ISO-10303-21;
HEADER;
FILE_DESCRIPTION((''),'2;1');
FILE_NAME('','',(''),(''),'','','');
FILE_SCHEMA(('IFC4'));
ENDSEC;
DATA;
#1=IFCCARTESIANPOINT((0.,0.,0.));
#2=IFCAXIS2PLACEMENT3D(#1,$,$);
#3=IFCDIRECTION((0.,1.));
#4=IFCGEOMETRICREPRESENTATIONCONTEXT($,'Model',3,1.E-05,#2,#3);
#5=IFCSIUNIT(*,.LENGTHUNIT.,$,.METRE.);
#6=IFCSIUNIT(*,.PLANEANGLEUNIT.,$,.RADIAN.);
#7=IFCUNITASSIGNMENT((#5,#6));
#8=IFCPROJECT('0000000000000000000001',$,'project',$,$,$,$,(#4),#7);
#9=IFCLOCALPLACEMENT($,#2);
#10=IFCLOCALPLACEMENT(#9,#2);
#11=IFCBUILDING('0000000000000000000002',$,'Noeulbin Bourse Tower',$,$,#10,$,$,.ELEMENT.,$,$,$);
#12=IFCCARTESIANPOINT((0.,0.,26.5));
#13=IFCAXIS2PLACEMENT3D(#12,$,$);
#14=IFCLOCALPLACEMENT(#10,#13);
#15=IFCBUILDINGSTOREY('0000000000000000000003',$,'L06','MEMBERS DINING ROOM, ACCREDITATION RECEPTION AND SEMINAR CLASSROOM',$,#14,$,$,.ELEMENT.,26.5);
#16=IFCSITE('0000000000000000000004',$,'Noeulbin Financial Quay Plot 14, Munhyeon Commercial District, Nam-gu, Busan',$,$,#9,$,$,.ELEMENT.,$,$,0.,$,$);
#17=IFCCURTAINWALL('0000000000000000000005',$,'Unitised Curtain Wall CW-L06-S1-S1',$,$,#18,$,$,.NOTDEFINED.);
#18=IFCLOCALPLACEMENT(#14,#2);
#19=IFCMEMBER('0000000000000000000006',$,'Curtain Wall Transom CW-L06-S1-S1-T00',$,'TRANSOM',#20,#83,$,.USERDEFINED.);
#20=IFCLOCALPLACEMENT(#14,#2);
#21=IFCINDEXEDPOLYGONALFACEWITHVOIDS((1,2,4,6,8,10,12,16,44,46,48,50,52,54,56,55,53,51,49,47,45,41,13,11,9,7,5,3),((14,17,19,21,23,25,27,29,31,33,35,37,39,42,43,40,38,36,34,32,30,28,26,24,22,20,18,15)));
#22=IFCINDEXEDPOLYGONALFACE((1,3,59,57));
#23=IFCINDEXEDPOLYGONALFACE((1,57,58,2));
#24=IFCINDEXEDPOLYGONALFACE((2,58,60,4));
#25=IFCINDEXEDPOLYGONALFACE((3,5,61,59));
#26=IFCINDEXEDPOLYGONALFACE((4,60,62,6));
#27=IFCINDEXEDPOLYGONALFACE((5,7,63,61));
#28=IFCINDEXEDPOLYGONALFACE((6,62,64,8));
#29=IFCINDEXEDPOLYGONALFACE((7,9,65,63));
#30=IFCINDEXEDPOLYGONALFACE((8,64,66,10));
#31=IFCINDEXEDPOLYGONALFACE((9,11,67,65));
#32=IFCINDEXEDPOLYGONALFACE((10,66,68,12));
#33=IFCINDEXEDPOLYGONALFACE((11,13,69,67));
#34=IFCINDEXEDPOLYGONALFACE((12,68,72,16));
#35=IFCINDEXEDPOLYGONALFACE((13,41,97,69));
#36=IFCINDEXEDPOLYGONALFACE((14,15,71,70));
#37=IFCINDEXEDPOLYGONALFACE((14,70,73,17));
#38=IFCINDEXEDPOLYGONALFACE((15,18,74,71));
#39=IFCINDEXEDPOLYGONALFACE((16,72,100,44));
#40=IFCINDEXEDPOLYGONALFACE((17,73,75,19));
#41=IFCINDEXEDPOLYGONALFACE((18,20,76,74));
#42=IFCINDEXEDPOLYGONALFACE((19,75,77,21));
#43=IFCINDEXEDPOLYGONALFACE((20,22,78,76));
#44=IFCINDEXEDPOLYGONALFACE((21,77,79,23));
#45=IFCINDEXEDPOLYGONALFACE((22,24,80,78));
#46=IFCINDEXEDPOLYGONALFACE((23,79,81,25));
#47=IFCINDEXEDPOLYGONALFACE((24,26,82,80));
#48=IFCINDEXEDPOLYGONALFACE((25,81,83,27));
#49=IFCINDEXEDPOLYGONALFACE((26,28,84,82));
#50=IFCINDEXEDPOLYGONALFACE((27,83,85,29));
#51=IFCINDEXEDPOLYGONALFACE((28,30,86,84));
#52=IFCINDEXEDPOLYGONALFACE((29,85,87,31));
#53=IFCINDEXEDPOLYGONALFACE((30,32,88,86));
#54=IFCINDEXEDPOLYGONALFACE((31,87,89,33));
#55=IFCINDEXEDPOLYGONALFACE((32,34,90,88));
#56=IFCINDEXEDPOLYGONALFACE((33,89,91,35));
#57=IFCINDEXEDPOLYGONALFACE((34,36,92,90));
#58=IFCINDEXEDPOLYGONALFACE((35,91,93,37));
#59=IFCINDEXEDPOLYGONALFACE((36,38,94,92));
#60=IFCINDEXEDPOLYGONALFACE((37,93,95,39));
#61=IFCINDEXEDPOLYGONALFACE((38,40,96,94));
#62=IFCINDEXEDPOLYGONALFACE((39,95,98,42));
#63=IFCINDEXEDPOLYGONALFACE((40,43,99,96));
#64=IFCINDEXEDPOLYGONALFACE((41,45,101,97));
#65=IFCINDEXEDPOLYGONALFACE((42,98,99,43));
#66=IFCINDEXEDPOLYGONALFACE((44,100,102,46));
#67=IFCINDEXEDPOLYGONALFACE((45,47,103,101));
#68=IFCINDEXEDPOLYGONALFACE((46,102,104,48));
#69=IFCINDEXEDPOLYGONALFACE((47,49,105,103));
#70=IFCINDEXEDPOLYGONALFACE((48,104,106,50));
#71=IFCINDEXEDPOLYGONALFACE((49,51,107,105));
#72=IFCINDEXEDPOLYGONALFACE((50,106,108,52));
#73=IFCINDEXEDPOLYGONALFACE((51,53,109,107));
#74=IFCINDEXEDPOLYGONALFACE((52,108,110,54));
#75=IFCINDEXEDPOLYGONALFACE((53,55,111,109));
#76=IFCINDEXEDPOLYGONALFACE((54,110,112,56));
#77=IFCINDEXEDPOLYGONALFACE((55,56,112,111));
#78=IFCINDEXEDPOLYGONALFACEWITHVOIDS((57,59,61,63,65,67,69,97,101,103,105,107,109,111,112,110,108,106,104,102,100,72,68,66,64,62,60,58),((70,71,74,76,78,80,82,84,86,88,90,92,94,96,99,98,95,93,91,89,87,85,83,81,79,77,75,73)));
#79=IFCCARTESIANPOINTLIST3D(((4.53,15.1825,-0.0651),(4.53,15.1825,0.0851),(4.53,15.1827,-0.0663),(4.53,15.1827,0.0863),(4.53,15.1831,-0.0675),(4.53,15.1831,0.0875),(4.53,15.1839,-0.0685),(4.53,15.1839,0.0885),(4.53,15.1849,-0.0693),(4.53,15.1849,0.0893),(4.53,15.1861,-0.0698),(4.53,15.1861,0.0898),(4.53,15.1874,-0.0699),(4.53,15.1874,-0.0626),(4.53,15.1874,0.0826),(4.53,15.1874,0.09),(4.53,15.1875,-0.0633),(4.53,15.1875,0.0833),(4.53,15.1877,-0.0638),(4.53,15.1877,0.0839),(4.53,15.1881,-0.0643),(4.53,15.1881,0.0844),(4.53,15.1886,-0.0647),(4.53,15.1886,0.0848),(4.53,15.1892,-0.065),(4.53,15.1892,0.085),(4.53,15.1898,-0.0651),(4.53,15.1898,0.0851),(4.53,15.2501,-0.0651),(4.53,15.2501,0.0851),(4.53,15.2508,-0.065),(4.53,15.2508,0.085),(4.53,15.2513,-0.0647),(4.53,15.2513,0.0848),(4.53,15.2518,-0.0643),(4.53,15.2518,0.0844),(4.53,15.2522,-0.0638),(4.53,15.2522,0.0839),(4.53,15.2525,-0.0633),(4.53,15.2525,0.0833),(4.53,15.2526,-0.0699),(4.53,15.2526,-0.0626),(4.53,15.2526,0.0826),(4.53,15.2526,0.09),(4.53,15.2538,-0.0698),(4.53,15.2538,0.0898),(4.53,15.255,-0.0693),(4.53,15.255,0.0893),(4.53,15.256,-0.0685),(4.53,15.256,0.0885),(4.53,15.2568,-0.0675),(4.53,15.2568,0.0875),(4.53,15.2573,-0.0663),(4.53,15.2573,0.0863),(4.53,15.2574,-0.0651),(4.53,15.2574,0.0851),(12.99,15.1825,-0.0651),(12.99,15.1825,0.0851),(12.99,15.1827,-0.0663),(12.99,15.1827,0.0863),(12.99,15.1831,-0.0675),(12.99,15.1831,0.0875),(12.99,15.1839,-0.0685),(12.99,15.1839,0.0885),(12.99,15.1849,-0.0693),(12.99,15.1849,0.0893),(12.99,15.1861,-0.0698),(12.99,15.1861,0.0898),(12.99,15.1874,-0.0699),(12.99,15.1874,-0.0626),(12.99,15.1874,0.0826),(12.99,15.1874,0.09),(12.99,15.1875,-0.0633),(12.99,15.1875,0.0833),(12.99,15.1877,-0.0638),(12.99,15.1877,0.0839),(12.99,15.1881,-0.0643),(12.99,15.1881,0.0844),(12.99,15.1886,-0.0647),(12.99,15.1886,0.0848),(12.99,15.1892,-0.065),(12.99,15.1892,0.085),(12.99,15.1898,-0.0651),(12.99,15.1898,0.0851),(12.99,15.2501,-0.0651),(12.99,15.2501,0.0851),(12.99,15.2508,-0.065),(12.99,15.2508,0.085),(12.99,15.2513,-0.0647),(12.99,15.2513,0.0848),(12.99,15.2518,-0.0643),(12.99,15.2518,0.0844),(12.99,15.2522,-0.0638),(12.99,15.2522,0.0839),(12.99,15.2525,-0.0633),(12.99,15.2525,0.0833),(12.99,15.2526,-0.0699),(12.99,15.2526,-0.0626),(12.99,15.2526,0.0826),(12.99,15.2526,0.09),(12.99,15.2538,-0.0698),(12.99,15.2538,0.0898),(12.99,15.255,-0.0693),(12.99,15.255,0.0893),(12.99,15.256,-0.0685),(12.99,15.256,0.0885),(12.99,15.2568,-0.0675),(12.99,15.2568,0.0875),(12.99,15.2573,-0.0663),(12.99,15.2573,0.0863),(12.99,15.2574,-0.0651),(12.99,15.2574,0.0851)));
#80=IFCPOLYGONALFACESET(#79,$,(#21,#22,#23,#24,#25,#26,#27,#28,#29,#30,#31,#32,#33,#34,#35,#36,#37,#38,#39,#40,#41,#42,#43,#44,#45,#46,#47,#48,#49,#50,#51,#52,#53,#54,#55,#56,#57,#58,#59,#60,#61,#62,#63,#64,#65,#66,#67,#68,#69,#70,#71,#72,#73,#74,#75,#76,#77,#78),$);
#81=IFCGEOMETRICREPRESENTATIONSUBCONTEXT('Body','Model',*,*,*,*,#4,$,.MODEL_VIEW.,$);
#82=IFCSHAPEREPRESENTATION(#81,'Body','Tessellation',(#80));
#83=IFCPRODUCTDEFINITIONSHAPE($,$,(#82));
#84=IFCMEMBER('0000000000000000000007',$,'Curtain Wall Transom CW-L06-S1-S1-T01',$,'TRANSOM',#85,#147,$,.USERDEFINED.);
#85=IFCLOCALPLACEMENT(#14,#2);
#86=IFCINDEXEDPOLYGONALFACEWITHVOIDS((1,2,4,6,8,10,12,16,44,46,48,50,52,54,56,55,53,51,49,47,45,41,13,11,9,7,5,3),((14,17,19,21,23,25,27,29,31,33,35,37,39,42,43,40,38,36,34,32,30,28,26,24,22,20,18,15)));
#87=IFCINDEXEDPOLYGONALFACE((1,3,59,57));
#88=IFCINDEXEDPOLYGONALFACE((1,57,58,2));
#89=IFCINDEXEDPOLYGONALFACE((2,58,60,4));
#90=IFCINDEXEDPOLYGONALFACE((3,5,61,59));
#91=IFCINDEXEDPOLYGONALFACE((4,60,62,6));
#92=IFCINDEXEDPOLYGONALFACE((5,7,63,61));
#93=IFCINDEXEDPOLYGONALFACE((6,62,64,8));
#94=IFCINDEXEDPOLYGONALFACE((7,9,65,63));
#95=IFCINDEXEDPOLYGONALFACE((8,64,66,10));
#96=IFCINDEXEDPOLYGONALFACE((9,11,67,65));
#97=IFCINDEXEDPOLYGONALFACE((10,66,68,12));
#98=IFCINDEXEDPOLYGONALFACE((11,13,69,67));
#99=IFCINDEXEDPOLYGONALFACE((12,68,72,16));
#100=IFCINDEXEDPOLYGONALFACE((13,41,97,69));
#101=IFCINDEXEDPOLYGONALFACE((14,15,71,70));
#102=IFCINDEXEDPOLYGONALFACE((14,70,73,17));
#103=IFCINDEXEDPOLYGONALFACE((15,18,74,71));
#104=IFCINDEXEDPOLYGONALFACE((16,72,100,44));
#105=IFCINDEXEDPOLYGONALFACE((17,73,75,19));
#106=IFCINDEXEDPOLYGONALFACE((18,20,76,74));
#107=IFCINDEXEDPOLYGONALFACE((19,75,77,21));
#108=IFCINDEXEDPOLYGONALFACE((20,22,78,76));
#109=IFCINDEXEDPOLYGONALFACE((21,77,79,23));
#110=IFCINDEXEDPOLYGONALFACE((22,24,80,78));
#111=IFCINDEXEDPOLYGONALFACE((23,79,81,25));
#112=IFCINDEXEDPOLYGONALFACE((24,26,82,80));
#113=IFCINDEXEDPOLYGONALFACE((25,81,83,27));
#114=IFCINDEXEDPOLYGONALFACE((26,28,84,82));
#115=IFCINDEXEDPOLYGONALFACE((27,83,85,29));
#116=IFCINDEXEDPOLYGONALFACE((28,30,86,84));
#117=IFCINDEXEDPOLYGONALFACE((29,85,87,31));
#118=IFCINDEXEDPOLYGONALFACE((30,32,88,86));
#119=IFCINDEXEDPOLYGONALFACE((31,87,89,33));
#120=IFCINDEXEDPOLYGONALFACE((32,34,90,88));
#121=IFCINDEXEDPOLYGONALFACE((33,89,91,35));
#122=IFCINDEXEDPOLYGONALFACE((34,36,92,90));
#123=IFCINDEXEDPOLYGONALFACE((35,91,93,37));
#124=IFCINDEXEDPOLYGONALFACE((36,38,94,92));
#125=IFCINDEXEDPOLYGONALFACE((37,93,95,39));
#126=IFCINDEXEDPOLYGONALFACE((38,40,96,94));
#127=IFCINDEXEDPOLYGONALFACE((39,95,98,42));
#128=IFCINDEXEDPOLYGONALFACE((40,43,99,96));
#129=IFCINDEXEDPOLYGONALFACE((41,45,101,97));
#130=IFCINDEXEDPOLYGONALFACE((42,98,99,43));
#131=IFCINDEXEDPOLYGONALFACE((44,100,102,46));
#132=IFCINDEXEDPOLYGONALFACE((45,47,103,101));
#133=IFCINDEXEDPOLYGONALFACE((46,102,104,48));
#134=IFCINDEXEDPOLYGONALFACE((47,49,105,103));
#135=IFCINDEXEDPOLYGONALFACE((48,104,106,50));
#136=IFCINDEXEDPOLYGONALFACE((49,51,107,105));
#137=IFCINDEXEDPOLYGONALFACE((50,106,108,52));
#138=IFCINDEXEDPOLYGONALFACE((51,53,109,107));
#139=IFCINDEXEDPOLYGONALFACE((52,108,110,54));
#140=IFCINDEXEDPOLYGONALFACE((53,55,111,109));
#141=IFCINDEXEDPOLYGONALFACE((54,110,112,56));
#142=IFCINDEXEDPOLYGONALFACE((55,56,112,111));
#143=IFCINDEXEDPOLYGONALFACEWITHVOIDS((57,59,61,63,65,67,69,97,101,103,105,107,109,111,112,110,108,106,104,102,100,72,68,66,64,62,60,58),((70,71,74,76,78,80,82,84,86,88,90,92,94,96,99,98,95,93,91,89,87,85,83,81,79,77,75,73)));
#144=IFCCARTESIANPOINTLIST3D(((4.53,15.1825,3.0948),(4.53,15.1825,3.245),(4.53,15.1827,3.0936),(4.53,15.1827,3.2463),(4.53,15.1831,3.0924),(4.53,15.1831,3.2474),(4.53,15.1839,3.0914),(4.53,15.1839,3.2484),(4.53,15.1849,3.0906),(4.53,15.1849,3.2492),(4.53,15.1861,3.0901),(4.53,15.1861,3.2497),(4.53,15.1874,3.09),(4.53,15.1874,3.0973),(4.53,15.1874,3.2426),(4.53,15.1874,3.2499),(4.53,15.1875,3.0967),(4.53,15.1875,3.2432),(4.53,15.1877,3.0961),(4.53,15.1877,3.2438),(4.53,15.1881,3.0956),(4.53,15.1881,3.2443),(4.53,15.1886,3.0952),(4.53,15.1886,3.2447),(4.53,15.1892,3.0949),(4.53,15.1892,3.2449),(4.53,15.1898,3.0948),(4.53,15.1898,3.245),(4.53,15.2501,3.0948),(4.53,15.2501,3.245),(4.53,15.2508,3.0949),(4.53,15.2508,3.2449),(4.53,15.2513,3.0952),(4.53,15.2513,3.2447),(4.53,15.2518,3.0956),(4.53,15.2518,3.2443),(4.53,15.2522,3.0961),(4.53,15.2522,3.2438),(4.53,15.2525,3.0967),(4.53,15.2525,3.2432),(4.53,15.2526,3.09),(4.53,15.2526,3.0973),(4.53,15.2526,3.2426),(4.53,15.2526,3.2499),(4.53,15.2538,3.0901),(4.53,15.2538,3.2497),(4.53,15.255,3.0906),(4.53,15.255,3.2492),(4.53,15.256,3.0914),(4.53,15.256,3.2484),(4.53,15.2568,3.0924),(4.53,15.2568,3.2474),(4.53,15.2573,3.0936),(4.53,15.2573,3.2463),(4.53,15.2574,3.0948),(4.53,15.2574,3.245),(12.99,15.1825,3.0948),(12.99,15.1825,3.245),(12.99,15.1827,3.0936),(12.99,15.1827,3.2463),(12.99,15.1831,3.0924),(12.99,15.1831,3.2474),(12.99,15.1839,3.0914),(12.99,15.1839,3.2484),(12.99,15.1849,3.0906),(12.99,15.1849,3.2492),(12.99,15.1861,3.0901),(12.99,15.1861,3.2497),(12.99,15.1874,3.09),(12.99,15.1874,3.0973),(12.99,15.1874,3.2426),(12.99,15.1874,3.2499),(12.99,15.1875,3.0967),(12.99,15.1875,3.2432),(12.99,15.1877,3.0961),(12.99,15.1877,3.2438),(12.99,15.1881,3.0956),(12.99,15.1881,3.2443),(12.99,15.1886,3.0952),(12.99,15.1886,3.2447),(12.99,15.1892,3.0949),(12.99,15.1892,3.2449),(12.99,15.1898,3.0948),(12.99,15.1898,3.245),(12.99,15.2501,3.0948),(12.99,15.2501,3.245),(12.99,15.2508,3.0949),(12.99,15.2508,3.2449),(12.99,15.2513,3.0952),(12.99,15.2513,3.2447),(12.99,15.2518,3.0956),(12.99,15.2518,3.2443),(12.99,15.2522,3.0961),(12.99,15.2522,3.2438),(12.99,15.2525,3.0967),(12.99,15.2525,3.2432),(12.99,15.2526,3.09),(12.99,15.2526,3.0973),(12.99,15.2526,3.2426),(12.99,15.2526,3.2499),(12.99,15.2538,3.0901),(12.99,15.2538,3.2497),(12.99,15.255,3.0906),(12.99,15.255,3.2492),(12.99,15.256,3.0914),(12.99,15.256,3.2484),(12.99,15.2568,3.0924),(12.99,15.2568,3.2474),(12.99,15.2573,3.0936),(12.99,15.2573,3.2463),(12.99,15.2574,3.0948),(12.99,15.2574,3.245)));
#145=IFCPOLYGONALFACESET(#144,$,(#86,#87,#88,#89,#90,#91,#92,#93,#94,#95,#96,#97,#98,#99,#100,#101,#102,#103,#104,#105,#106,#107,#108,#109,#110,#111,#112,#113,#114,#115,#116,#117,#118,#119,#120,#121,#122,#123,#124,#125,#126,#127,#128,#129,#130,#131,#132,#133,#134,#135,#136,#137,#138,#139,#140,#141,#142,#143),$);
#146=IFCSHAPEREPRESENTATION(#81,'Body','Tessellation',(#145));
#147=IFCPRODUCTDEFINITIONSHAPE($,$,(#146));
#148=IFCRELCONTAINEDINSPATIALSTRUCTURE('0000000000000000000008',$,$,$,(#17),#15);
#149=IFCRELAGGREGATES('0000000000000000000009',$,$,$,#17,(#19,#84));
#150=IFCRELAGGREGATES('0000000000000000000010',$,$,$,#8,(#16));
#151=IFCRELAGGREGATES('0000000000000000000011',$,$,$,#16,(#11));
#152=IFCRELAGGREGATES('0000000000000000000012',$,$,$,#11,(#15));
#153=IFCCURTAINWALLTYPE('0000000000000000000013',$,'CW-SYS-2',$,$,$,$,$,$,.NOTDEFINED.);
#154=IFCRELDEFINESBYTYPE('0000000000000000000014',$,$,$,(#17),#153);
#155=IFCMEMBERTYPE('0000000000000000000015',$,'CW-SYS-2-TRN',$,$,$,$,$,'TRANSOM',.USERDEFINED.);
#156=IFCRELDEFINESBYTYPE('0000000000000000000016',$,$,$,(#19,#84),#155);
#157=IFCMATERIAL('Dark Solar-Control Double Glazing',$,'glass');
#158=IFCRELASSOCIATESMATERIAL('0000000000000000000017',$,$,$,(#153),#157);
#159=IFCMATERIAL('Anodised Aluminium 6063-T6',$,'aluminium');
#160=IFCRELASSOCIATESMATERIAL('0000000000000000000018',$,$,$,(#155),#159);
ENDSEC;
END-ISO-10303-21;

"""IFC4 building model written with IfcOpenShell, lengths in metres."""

from ifc_helpers import new_model, si_unit, direction, frame, origin, origin_2d, place, context, subcontext, project, spatial, hollow_rectangle, extrude, material, material_profile, profile_set, type_object, element, aggregate, save


model = new_model("IFC4")

# Units and contexts
model_context = context("Model", 3, precision=1e-05, world=origin(), true_north=direction((0.0, 1.0)))
body_context = subcontext(model_context, "Body", "Model", "MODEL_VIEW")
ifc_project = project(units=[si_unit("LENGTHUNIT", "METRE"), si_unit("PLANEANGLEUNIT", "RADIAN")], contexts=[model_context])

# Site, building, storey
site_placement = place(None, origin())
site = spatial("IfcSite", under=ifc_project, at=site_placement, Name="Noeulbin Financial Quay Plot 14, Munhyeon Commercial District, Nam-gu, Busan", CompositionType="ELEMENT", RefElevation=0.0)
building_placement = place(site_placement, origin())
building = spatial("IfcBuilding", under=site, at=building_placement, Name="Noeulbin Bourse Tower", CompositionType="ELEMENT")
storey_placement = place(building_placement, frame((0.0, 0.0, 26.5)))
storey = spatial("IfcBuildingStorey", under=building, at=storey_placement, Name="L06", Description="MEMBERS DINING ROOM, ACCREDITATION RECEPTION AND SEMINAR CLASSROOM", CompositionType="ELEMENT", Elevation=26.5)

# Curtain wall
ifc_material_1 = material(Name="Dark Solar-Control Double Glazing", Category="glass")
curtain_wall_type = type_object("IfcCurtainWallType", Name="CW-SYS-2", PredefinedType="NOTDEFINED", material=ifc_material_1)
curtain_wall_1_placement = place(storey_placement, origin())
curtain_wall_1 = element("IfcCurtainWall", 1, at=curtain_wall_1_placement, inside=storey, type_object=curtain_wall_type, Name="Unitised Curtain Wall CW-L06-S1-S1", PredefinedType="NOTDEFINED")
ifc_material_2 = material(Name="Anodised Aluminium 6063-T6", Category="aluminium")

# Members
ifc_material_profile_1 = material_profile(ifc_material_2, hollow_rectangle(XDim=0.075, YDim=0.1599, WallThickness=0.0049, InnerFilletRadius=0.0024, OuterFilletRadius=0.0049, at=origin_2d()), Name="ALU-TRAN-75x160x5", Category="LoadBearing")
ifc_profile_set_1 = profile_set([ifc_material_profile_1], Name="Anodised Aluminium 6063-T6")
member_type_1 = type_object("IfcMemberType", Name="CW-SYS-2-TRN", ElementType="TRANSOM", PredefinedType="USERDEFINED", material=ifc_profile_set_1)
member_1_placement = place(storey_placement, frame((4.53, 15.22, 0.01), z_axis=(1.0, 0.0, 0.0), x_axis=(0.0, 1.0, 0.0)))
member_1 = element("IfcMember", 2, at=member_1_placement, type_object=member_type_1, Name="Curtain Wall Transom CW-L06-S1-S1-T00", ObjectType="TRANSOM", PredefinedType="USERDEFINED", context=body_context, shape_type="SweptSolid", body=[
    extrude(hollow_rectangle(XDim=0.075, YDim=0.1599, WallThickness=0.0049, InnerFilletRadius=0.0024, OuterFilletRadius=0.0049, at=origin_2d()), origin(), (0.0, 0.0, 1.0), 8.46),
])
member_2_placement = place(storey_placement, frame((4.53, 15.22, 3.1699), z_axis=(1.0, 0.0, 0.0), x_axis=(0.0, 1.0, 0.0)))
member_2 = element("IfcMember", 3, at=member_2_placement, type_object=member_type_1, Name="Curtain Wall Transom CW-L06-S1-S1-T01", ObjectType="TRANSOM", PredefinedType="USERDEFINED", context=body_context, shape_type="SweptSolid", body=[
    extrude(hollow_rectangle(XDim=0.075, YDim=0.1599, WallThickness=0.0049, InnerFilletRadius=0.0024, OuterFilletRadius=0.0049, at=origin_2d()), origin(), (0.0, 0.0, 1.0), 8.46),
])

aggregate(curtain_wall_1, [member_1, member_2])

save(model, "model.ifc")
